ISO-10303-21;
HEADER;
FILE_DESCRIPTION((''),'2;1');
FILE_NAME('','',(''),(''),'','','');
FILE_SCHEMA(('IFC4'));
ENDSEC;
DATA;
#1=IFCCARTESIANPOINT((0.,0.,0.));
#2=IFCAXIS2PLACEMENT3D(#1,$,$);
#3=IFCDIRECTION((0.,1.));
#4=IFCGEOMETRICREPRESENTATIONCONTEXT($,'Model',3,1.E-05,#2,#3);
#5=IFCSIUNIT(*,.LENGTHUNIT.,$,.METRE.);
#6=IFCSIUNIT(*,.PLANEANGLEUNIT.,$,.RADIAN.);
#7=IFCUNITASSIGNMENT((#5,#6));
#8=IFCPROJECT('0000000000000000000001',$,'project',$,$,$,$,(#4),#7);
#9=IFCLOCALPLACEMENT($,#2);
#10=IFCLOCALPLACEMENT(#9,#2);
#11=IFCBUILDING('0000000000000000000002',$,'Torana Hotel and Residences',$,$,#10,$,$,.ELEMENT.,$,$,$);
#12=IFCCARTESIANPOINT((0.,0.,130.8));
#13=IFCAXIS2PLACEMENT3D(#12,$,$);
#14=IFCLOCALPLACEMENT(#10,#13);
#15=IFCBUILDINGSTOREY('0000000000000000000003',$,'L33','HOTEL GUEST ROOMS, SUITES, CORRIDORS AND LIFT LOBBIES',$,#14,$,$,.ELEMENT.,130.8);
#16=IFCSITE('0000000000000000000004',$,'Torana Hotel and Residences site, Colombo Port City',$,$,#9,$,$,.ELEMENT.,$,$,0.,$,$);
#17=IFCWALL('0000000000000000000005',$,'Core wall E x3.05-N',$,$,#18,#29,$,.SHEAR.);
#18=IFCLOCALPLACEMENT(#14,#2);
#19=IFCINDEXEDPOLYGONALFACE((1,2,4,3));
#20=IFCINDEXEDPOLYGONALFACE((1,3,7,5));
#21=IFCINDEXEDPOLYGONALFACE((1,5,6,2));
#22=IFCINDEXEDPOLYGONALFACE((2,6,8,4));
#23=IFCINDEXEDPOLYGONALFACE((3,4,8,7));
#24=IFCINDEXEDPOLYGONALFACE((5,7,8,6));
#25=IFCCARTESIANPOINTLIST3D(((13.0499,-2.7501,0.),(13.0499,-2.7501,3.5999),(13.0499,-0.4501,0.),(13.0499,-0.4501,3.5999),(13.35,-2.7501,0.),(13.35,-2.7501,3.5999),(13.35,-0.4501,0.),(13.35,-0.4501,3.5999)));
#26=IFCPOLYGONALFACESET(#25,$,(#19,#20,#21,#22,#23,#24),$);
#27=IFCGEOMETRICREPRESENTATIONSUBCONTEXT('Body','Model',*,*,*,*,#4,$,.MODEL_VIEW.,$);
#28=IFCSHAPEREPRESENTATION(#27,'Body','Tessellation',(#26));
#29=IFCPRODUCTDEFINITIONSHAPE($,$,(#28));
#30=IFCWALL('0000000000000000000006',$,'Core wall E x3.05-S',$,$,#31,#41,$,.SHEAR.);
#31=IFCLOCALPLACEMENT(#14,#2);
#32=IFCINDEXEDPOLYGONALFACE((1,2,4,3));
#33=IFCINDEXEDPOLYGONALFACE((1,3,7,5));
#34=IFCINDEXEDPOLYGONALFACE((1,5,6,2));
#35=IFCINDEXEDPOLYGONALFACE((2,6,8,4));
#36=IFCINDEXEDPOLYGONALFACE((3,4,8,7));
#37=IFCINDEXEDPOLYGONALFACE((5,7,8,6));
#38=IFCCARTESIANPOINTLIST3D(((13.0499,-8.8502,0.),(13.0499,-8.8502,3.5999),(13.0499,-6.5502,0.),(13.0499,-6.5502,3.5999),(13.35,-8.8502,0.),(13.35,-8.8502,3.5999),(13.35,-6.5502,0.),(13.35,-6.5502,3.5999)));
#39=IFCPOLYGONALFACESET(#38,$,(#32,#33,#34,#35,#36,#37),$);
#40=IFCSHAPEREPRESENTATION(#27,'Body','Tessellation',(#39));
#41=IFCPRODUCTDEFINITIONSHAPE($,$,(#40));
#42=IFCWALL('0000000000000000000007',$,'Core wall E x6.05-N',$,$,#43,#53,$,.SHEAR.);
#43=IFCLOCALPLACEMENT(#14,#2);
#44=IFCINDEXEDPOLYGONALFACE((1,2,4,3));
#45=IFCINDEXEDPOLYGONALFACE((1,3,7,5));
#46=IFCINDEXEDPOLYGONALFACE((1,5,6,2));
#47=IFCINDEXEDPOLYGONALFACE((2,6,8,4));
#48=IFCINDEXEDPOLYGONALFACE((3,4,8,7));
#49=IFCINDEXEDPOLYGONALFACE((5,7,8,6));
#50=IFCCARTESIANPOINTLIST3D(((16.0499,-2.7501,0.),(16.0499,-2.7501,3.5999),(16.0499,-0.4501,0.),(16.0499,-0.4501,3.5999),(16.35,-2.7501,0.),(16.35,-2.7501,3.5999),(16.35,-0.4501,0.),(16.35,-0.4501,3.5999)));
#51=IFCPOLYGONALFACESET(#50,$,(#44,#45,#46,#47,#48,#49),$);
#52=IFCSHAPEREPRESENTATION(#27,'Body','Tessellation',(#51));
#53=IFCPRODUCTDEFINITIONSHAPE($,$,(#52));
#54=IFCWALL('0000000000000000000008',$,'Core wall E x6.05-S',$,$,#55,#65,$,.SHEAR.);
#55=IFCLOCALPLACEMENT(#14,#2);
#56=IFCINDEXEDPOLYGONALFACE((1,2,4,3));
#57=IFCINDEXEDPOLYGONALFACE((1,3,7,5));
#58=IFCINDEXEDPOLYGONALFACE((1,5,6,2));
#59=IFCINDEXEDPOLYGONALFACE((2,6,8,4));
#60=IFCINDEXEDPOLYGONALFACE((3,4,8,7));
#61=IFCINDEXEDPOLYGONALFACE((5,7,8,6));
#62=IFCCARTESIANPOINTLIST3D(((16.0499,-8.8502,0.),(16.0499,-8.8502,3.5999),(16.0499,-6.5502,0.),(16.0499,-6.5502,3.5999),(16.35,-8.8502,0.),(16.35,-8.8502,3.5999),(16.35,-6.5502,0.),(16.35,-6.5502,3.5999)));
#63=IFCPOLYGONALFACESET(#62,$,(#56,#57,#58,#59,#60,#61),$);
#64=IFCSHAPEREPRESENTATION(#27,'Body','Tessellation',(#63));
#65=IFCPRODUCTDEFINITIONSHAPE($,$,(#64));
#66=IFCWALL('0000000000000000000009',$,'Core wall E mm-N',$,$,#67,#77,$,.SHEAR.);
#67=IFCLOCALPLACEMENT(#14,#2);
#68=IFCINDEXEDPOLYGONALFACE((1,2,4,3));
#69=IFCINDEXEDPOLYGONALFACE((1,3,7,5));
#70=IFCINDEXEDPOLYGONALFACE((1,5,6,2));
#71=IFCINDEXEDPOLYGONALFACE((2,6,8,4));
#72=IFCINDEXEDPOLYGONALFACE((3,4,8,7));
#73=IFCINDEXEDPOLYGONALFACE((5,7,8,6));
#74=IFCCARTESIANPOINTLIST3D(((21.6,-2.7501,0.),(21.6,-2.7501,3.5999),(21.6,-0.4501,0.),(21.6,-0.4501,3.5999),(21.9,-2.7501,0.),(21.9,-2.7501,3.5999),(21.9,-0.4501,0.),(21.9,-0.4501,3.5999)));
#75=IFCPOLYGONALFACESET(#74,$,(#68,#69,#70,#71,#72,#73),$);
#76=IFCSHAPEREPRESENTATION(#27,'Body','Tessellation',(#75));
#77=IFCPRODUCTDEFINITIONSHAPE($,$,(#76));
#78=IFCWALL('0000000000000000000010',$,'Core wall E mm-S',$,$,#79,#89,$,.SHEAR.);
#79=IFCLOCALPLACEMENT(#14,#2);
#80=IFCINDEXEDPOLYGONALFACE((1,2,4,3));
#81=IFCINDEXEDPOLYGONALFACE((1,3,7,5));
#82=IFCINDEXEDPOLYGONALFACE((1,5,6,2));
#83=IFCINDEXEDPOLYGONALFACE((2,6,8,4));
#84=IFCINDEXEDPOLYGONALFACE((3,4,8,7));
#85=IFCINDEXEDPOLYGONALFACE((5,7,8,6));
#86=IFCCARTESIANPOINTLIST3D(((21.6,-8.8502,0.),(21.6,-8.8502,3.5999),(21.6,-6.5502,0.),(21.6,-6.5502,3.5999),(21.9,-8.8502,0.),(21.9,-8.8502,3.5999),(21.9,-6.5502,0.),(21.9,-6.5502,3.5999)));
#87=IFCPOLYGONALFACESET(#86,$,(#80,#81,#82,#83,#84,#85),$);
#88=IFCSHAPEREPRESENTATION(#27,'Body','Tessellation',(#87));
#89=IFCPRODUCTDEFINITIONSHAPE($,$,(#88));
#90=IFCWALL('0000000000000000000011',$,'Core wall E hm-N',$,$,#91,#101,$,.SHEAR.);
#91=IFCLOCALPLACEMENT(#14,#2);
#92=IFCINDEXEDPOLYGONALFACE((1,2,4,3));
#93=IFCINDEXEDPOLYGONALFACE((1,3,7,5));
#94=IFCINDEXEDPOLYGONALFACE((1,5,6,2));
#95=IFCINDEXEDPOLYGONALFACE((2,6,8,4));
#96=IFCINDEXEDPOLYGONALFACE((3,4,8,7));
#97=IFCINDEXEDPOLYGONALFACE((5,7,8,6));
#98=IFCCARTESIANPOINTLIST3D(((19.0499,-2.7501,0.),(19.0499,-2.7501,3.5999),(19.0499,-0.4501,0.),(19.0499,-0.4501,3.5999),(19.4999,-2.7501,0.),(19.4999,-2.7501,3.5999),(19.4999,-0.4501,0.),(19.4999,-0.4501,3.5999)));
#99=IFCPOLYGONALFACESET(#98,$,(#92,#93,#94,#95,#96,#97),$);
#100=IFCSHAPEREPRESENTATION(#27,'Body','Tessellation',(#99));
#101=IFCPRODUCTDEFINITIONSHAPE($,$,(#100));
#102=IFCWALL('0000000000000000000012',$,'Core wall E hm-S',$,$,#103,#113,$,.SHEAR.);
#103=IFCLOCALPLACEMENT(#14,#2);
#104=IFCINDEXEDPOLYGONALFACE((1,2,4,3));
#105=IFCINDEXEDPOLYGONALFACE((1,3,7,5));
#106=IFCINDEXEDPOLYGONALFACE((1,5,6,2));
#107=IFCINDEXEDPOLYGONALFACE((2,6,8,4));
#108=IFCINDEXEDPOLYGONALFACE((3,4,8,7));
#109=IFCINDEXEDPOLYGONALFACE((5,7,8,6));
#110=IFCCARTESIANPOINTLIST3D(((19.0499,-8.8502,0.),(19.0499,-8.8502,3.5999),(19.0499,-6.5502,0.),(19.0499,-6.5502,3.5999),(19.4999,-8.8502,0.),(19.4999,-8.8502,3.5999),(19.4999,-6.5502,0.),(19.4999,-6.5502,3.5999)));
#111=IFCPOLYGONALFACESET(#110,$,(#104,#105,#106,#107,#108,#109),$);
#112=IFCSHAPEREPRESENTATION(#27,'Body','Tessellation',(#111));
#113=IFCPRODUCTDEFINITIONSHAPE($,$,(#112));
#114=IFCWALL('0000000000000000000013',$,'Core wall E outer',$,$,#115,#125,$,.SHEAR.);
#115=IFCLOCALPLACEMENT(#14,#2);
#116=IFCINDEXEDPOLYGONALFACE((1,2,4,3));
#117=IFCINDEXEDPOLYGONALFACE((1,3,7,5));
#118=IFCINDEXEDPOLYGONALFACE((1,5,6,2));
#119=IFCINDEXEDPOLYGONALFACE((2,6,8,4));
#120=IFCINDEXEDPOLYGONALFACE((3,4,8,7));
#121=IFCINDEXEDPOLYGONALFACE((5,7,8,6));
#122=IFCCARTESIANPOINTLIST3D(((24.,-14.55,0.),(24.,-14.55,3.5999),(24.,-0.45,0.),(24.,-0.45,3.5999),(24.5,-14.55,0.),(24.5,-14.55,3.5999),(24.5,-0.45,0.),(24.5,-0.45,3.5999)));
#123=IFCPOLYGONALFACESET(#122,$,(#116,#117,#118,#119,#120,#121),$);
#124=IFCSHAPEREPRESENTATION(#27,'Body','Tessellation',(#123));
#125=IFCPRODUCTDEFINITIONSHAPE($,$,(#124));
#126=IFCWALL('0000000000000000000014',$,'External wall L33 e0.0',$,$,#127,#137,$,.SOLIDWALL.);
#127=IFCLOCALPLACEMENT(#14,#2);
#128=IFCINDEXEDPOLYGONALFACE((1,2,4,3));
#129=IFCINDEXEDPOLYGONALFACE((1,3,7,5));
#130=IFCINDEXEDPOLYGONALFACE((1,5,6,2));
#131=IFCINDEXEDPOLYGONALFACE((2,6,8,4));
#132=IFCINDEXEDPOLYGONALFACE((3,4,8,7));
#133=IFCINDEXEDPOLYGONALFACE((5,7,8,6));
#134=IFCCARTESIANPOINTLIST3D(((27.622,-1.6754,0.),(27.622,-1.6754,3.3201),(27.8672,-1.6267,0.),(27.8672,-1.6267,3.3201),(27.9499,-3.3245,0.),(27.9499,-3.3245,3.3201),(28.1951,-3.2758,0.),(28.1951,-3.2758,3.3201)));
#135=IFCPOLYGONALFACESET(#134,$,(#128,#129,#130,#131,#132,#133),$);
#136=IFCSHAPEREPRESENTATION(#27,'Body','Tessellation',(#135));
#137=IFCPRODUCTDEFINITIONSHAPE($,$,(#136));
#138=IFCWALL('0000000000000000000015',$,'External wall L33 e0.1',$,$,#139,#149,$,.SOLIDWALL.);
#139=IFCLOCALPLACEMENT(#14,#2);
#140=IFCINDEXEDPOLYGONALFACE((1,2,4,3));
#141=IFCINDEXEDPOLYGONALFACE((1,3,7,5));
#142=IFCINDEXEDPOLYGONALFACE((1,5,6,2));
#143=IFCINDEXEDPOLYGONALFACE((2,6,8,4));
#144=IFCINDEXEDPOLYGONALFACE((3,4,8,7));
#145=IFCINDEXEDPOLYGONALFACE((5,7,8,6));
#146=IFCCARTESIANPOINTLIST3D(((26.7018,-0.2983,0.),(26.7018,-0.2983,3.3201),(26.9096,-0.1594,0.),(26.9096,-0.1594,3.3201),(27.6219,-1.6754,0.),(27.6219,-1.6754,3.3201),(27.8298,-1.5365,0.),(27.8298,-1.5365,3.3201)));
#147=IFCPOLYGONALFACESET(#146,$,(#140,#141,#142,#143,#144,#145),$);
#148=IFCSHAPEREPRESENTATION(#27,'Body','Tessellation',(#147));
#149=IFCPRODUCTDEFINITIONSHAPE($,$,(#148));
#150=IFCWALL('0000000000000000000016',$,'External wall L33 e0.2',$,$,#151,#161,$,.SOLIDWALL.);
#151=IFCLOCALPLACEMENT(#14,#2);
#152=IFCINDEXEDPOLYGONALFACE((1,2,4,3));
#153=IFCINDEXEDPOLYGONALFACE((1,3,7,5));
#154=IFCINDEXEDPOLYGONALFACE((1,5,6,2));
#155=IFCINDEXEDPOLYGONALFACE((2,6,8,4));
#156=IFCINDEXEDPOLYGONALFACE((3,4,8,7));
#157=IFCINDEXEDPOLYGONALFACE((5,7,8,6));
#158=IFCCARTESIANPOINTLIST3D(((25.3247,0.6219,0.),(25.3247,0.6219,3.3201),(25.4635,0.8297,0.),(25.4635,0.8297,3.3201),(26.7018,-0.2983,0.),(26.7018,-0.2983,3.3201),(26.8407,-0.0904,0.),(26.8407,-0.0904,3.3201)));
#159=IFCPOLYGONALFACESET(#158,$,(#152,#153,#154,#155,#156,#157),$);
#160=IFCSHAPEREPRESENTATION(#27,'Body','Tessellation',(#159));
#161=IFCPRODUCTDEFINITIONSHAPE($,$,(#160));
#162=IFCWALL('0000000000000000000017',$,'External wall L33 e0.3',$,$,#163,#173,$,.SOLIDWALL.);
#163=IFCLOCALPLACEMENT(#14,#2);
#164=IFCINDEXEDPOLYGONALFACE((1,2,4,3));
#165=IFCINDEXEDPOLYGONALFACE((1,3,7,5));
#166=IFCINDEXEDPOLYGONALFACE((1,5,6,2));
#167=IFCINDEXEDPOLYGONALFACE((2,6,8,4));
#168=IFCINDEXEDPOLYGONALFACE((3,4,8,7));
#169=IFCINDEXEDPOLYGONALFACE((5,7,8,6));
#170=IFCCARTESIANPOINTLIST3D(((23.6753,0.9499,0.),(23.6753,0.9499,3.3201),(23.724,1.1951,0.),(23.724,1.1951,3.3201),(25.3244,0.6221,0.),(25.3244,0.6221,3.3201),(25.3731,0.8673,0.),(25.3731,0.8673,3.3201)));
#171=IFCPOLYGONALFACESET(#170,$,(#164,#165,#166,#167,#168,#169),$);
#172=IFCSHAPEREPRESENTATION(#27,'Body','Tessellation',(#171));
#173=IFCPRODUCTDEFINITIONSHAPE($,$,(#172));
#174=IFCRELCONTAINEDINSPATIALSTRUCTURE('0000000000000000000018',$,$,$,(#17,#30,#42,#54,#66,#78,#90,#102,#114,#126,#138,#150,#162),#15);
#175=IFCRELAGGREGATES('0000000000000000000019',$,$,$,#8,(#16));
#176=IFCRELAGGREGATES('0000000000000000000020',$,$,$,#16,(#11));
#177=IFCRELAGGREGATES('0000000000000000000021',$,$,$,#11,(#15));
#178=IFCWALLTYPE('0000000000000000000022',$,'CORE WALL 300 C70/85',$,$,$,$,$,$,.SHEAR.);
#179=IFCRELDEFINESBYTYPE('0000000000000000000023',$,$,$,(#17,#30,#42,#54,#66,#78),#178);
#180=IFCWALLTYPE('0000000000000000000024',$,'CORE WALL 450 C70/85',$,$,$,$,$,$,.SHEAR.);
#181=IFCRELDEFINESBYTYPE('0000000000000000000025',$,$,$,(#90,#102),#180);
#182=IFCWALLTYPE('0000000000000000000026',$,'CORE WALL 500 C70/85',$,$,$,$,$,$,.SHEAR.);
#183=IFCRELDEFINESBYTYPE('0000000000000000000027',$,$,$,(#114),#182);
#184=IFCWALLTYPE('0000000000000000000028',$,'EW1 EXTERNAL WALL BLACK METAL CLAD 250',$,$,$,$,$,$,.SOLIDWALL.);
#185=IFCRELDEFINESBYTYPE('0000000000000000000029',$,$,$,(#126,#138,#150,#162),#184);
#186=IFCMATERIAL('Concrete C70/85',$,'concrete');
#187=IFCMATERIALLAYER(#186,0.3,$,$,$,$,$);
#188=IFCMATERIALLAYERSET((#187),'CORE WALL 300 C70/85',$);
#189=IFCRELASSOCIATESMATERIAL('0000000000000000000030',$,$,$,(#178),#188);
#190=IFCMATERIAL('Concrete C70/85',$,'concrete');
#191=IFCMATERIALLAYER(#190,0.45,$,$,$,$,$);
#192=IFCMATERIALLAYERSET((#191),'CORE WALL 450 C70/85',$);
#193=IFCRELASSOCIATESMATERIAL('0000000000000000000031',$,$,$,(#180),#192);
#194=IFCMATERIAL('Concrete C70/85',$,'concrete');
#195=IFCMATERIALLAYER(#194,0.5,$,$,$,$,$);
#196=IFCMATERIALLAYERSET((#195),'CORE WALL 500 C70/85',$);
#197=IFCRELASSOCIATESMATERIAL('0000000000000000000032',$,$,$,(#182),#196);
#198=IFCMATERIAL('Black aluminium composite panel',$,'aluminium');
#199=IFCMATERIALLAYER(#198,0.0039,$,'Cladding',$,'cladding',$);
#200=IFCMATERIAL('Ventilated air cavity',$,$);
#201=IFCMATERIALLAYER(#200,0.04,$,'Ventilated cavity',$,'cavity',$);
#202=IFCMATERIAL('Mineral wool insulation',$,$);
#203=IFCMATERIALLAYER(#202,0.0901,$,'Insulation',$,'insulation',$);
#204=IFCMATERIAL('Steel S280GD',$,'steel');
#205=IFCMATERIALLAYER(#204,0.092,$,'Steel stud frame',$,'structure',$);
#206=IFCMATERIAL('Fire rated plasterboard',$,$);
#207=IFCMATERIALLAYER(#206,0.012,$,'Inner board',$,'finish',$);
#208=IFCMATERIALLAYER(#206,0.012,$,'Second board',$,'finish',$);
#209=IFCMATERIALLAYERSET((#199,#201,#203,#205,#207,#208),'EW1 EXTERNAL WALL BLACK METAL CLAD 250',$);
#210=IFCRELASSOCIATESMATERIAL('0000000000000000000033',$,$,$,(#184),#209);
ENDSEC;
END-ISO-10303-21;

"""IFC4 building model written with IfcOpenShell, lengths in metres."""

from ifc_helpers import new_model, si_unit, direction, frame, frame_2d, origin, place, context, subcontext, project, spatial, rectangle, extrude, material, layer, layer_set, type_object, element, save


model = new_model("IFC4")

# Units and contexts
model_context = context("Model", 3, precision=1e-05, world=origin(), true_north=direction((0.0, 1.0)))
body_context = subcontext(model_context, "Body", "Model", "MODEL_VIEW")
ifc_project = project(units=[si_unit("LENGTHUNIT", "METRE"), si_unit("PLANEANGLEUNIT", "RADIAN")], contexts=[model_context])

# Site, building, storey
site_placement = place(None, origin())
site = spatial("IfcSite", under=ifc_project, at=site_placement, Name="Torana Hotel and Residences site, Colombo Port City", CompositionType="ELEMENT", RefElevation=0.0)
building_placement = place(site_placement, origin())
building = spatial("IfcBuilding", under=site, at=building_placement, Name="Torana Hotel and Residences", CompositionType="ELEMENT")
storey_placement = place(building_placement, frame((0.0, 0.0, 130.8)))
storey = spatial("IfcBuildingStorey", under=building, at=storey_placement, Name="L33", Description="HOTEL GUEST ROOMS, SUITES, CORRIDORS AND LIFT LOBBIES", CompositionType="ELEMENT", Elevation=130.8)

# Walls
ifc_material_1 = material(Name="Concrete C70/85", Category="concrete")
ifc_layer_1 = layer(ifc_material_1, 0.3)
ifc_layer_set_1 = layer_set([ifc_layer_1], Name="CORE WALL 300 C70/85")
wall_type_1 = type_object("IfcWallType", Name="CORE WALL 300 C70/85", PredefinedType="SHEAR", material=ifc_layer_set_1)
for number, where, z_axis, x_axis, name in (
    (1, (13.2, -2.75, 0.0), (0.0, 0.0, 1.0), (0.0, 1.0, 0.0), "Core wall E x3.05-N"),
    (2, (13.2, -8.8501, 0.0), (0.0, 0.0, 1.0), (0.0, 1.0, 0.0), "Core wall E x3.05-S"),
    (3, (16.2, -2.75, 0.0), (0.0, 0.0, 1.0), (0.0, 1.0, 0.0), "Core wall E x6.05-N"),
    (4, (16.2, -8.8501, 0.0), (0.0, 0.0, 1.0), (0.0, 1.0, 0.0), "Core wall E x6.05-S"),
    (5, (21.75, -2.75, 0.0), (0.0, 0.0, 1.0), (0.0, 1.0, 0.0), "Core wall E mm-N"),
    (6, (21.75, -8.8501, 0.0), (0.0, 0.0, 1.0), (0.0, 1.0, 0.0), "Core wall E mm-S"),
):
    element("IfcWall", number, at=place(storey_placement, frame(where, z_axis=z_axis, x_axis=x_axis)), inside=storey, type_object=wall_type_1, Name=name, PredefinedType="SHEAR", context=body_context, shape_type="SweptSolid", body=[
        extrude(rectangle(XDim=2.3, YDim=0.3, at=frame_2d((1.1499, 0.0))), origin(), (0.0, 0.0, 1.0), 3.5999),
    ])
ifc_material_2 = material(Name="Concrete C70/85", Category="concrete")
ifc_layer_2 = layer(ifc_material_2, 0.45)
ifc_layer_set_2 = layer_set([ifc_layer_2], Name="CORE WALL 450 C70/85")
wall_type_2 = type_object("IfcWallType", Name="CORE WALL 450 C70/85", PredefinedType="SHEAR", material=ifc_layer_set_2)
for number, where, z_axis, x_axis, name in (
    (7, (19.2749, -2.75, 0.0), (0.0, 0.0, 1.0), (0.0, 1.0, 0.0), "Core wall E hm-N"),
    (8, (19.2749, -8.8501, 0.0), (0.0, 0.0, 1.0), (0.0, 1.0, 0.0), "Core wall E hm-S"),
):
    element("IfcWall", number, at=place(storey_placement, frame(where, z_axis=z_axis, x_axis=x_axis)), inside=storey, type_object=wall_type_2, Name=name, PredefinedType="SHEAR", context=body_context, shape_type="SweptSolid", body=[
        extrude(rectangle(XDim=2.3, YDim=0.45, at=frame_2d((1.1499, 0.0))), origin(), (0.0, 0.0, 1.0), 3.5999),
    ])
ifc_material_3 = material(Name="Concrete C70/85", Category="concrete")
ifc_layer_3 = layer(ifc_material_3, 0.5)
ifc_layer_set_3 = layer_set([ifc_layer_3], Name="CORE WALL 500 C70/85")
wall_type_3 = type_object("IfcWallType", Name="CORE WALL 500 C70/85", PredefinedType="SHEAR", material=ifc_layer_set_3)
wall_1_placement = place(storey_placement, frame((24.25, -14.55, 0.0), z_axis=(0.0, 0.0, 1.0), x_axis=(0.0, 1.0, 0.0)))
element("IfcWall", 9, at=wall_1_placement, inside=storey, type_object=wall_type_3, Name="Core wall E outer", PredefinedType="SHEAR", context=body_context, shape_type="SweptSolid", body=[
    extrude(rectangle(XDim=14.1001, YDim=0.5, at=frame_2d((7.05, 0.0))), origin(), (0.0, 0.0, 1.0), 3.5999),
])
ifc_material_4 = material(Name="Black aluminium composite panel", Category="aluminium")
ifc_layer_4 = layer(ifc_material_4, 0.0039, Name="Cladding", Category="cladding")
ifc_material_5 = material(Name="Ventilated air cavity")
ifc_layer_5 = layer(ifc_material_5, 0.04, Name="Ventilated cavity", Category="cavity")
ifc_material_6 = material(Name="Mineral wool insulation")
ifc_layer_6 = layer(ifc_material_6, 0.0901, Name="Insulation", Category="insulation")
ifc_material_7 = material(Name="Steel S280GD", Category="steel")
ifc_layer_7 = layer(ifc_material_7, 0.092, Name="Steel stud frame", Category="structure")
ifc_material_8 = material(Name="Fire rated plasterboard")
ifc_layer_8 = layer(ifc_material_8, 0.012, Name="Inner board", Category="finish")
ifc_layer_9 = layer(ifc_material_8, 0.012, Name="Second board", Category="finish")
ifc_layer_set_4 = layer_set([ifc_layer_4, ifc_layer_5, ifc_layer_6, ifc_layer_7, ifc_layer_8, ifc_layer_9], Name="EW1 EXTERNAL WALL BLACK METAL CLAD 250")
wall_type_4 = type_object("IfcWallType", Name="EW1 EXTERNAL WALL BLACK METAL CLAD 250", PredefinedType="SOLIDWALL", material=ifc_layer_set_4)
wall_2_placement = place(storey_placement, frame((28.0725, -3.3003, 0.0), z_axis=(0.0, 0.0, 1.0), x_axis=(-0.194999, 0.980803, 0.0)))
element("IfcWall", 10, at=wall_2_placement, inside=storey, type_object=wall_type_4, Name="External wall L33 e0.0", PredefinedType="SOLIDWALL", context=body_context, shape_type="SweptSolid", body=[
    extrude(rectangle(XDim=1.6814, YDim=0.25, at=frame_2d((0.8408, 0.0))), origin(), (0.0, 0.0, 1.0), 3.3201),
])
for number, where, z_axis, x_axis, name in (
    (11, (27.7258, -1.606, 0.0), (0.0, 0.0, 1.0), (-0.55555, 0.831483, 0.0), "External wall L33 e0.1"),
    (12, (26.7712, -0.1943, 0.0), (0.0, 0.0, 1.0), (-0.831483, 0.55555, 0.0), "External wall L33 e0.2"),
):
    element("IfcWall", number, at=place(storey_placement, frame(where, z_axis=z_axis, x_axis=x_axis)), inside=storey, type_object=wall_type_4, Name=name, PredefinedType="SOLIDWALL", context=body_context, shape_type="SweptSolid", body=[
        extrude(rectangle(XDim=1.6562, YDim=0.25, at=frame_2d((0.8281, 0.0))), origin(), (0.0, 0.0, 1.0), 3.3201),
    ])
wall_3_placement = place(storey_placement, frame((25.3489, 0.7446, 0.0), z_axis=(0.0, 0.0, 1.0), x_axis=(-0.980803, 0.194999, 0.0)))
element("IfcWall", 13, at=wall_3_placement, inside=storey, type_object=wall_type_4, Name="External wall L33 e0.3", PredefinedType="SOLIDWALL", context=body_context, shape_type="SweptSolid", body=[
    extrude(rectangle(XDim=1.6814, YDim=0.25, at=frame_2d((0.8408, 0.0))), origin(), (0.0, 0.0, 1.0), 3.3201),
])

save(model, "model.ifc")
